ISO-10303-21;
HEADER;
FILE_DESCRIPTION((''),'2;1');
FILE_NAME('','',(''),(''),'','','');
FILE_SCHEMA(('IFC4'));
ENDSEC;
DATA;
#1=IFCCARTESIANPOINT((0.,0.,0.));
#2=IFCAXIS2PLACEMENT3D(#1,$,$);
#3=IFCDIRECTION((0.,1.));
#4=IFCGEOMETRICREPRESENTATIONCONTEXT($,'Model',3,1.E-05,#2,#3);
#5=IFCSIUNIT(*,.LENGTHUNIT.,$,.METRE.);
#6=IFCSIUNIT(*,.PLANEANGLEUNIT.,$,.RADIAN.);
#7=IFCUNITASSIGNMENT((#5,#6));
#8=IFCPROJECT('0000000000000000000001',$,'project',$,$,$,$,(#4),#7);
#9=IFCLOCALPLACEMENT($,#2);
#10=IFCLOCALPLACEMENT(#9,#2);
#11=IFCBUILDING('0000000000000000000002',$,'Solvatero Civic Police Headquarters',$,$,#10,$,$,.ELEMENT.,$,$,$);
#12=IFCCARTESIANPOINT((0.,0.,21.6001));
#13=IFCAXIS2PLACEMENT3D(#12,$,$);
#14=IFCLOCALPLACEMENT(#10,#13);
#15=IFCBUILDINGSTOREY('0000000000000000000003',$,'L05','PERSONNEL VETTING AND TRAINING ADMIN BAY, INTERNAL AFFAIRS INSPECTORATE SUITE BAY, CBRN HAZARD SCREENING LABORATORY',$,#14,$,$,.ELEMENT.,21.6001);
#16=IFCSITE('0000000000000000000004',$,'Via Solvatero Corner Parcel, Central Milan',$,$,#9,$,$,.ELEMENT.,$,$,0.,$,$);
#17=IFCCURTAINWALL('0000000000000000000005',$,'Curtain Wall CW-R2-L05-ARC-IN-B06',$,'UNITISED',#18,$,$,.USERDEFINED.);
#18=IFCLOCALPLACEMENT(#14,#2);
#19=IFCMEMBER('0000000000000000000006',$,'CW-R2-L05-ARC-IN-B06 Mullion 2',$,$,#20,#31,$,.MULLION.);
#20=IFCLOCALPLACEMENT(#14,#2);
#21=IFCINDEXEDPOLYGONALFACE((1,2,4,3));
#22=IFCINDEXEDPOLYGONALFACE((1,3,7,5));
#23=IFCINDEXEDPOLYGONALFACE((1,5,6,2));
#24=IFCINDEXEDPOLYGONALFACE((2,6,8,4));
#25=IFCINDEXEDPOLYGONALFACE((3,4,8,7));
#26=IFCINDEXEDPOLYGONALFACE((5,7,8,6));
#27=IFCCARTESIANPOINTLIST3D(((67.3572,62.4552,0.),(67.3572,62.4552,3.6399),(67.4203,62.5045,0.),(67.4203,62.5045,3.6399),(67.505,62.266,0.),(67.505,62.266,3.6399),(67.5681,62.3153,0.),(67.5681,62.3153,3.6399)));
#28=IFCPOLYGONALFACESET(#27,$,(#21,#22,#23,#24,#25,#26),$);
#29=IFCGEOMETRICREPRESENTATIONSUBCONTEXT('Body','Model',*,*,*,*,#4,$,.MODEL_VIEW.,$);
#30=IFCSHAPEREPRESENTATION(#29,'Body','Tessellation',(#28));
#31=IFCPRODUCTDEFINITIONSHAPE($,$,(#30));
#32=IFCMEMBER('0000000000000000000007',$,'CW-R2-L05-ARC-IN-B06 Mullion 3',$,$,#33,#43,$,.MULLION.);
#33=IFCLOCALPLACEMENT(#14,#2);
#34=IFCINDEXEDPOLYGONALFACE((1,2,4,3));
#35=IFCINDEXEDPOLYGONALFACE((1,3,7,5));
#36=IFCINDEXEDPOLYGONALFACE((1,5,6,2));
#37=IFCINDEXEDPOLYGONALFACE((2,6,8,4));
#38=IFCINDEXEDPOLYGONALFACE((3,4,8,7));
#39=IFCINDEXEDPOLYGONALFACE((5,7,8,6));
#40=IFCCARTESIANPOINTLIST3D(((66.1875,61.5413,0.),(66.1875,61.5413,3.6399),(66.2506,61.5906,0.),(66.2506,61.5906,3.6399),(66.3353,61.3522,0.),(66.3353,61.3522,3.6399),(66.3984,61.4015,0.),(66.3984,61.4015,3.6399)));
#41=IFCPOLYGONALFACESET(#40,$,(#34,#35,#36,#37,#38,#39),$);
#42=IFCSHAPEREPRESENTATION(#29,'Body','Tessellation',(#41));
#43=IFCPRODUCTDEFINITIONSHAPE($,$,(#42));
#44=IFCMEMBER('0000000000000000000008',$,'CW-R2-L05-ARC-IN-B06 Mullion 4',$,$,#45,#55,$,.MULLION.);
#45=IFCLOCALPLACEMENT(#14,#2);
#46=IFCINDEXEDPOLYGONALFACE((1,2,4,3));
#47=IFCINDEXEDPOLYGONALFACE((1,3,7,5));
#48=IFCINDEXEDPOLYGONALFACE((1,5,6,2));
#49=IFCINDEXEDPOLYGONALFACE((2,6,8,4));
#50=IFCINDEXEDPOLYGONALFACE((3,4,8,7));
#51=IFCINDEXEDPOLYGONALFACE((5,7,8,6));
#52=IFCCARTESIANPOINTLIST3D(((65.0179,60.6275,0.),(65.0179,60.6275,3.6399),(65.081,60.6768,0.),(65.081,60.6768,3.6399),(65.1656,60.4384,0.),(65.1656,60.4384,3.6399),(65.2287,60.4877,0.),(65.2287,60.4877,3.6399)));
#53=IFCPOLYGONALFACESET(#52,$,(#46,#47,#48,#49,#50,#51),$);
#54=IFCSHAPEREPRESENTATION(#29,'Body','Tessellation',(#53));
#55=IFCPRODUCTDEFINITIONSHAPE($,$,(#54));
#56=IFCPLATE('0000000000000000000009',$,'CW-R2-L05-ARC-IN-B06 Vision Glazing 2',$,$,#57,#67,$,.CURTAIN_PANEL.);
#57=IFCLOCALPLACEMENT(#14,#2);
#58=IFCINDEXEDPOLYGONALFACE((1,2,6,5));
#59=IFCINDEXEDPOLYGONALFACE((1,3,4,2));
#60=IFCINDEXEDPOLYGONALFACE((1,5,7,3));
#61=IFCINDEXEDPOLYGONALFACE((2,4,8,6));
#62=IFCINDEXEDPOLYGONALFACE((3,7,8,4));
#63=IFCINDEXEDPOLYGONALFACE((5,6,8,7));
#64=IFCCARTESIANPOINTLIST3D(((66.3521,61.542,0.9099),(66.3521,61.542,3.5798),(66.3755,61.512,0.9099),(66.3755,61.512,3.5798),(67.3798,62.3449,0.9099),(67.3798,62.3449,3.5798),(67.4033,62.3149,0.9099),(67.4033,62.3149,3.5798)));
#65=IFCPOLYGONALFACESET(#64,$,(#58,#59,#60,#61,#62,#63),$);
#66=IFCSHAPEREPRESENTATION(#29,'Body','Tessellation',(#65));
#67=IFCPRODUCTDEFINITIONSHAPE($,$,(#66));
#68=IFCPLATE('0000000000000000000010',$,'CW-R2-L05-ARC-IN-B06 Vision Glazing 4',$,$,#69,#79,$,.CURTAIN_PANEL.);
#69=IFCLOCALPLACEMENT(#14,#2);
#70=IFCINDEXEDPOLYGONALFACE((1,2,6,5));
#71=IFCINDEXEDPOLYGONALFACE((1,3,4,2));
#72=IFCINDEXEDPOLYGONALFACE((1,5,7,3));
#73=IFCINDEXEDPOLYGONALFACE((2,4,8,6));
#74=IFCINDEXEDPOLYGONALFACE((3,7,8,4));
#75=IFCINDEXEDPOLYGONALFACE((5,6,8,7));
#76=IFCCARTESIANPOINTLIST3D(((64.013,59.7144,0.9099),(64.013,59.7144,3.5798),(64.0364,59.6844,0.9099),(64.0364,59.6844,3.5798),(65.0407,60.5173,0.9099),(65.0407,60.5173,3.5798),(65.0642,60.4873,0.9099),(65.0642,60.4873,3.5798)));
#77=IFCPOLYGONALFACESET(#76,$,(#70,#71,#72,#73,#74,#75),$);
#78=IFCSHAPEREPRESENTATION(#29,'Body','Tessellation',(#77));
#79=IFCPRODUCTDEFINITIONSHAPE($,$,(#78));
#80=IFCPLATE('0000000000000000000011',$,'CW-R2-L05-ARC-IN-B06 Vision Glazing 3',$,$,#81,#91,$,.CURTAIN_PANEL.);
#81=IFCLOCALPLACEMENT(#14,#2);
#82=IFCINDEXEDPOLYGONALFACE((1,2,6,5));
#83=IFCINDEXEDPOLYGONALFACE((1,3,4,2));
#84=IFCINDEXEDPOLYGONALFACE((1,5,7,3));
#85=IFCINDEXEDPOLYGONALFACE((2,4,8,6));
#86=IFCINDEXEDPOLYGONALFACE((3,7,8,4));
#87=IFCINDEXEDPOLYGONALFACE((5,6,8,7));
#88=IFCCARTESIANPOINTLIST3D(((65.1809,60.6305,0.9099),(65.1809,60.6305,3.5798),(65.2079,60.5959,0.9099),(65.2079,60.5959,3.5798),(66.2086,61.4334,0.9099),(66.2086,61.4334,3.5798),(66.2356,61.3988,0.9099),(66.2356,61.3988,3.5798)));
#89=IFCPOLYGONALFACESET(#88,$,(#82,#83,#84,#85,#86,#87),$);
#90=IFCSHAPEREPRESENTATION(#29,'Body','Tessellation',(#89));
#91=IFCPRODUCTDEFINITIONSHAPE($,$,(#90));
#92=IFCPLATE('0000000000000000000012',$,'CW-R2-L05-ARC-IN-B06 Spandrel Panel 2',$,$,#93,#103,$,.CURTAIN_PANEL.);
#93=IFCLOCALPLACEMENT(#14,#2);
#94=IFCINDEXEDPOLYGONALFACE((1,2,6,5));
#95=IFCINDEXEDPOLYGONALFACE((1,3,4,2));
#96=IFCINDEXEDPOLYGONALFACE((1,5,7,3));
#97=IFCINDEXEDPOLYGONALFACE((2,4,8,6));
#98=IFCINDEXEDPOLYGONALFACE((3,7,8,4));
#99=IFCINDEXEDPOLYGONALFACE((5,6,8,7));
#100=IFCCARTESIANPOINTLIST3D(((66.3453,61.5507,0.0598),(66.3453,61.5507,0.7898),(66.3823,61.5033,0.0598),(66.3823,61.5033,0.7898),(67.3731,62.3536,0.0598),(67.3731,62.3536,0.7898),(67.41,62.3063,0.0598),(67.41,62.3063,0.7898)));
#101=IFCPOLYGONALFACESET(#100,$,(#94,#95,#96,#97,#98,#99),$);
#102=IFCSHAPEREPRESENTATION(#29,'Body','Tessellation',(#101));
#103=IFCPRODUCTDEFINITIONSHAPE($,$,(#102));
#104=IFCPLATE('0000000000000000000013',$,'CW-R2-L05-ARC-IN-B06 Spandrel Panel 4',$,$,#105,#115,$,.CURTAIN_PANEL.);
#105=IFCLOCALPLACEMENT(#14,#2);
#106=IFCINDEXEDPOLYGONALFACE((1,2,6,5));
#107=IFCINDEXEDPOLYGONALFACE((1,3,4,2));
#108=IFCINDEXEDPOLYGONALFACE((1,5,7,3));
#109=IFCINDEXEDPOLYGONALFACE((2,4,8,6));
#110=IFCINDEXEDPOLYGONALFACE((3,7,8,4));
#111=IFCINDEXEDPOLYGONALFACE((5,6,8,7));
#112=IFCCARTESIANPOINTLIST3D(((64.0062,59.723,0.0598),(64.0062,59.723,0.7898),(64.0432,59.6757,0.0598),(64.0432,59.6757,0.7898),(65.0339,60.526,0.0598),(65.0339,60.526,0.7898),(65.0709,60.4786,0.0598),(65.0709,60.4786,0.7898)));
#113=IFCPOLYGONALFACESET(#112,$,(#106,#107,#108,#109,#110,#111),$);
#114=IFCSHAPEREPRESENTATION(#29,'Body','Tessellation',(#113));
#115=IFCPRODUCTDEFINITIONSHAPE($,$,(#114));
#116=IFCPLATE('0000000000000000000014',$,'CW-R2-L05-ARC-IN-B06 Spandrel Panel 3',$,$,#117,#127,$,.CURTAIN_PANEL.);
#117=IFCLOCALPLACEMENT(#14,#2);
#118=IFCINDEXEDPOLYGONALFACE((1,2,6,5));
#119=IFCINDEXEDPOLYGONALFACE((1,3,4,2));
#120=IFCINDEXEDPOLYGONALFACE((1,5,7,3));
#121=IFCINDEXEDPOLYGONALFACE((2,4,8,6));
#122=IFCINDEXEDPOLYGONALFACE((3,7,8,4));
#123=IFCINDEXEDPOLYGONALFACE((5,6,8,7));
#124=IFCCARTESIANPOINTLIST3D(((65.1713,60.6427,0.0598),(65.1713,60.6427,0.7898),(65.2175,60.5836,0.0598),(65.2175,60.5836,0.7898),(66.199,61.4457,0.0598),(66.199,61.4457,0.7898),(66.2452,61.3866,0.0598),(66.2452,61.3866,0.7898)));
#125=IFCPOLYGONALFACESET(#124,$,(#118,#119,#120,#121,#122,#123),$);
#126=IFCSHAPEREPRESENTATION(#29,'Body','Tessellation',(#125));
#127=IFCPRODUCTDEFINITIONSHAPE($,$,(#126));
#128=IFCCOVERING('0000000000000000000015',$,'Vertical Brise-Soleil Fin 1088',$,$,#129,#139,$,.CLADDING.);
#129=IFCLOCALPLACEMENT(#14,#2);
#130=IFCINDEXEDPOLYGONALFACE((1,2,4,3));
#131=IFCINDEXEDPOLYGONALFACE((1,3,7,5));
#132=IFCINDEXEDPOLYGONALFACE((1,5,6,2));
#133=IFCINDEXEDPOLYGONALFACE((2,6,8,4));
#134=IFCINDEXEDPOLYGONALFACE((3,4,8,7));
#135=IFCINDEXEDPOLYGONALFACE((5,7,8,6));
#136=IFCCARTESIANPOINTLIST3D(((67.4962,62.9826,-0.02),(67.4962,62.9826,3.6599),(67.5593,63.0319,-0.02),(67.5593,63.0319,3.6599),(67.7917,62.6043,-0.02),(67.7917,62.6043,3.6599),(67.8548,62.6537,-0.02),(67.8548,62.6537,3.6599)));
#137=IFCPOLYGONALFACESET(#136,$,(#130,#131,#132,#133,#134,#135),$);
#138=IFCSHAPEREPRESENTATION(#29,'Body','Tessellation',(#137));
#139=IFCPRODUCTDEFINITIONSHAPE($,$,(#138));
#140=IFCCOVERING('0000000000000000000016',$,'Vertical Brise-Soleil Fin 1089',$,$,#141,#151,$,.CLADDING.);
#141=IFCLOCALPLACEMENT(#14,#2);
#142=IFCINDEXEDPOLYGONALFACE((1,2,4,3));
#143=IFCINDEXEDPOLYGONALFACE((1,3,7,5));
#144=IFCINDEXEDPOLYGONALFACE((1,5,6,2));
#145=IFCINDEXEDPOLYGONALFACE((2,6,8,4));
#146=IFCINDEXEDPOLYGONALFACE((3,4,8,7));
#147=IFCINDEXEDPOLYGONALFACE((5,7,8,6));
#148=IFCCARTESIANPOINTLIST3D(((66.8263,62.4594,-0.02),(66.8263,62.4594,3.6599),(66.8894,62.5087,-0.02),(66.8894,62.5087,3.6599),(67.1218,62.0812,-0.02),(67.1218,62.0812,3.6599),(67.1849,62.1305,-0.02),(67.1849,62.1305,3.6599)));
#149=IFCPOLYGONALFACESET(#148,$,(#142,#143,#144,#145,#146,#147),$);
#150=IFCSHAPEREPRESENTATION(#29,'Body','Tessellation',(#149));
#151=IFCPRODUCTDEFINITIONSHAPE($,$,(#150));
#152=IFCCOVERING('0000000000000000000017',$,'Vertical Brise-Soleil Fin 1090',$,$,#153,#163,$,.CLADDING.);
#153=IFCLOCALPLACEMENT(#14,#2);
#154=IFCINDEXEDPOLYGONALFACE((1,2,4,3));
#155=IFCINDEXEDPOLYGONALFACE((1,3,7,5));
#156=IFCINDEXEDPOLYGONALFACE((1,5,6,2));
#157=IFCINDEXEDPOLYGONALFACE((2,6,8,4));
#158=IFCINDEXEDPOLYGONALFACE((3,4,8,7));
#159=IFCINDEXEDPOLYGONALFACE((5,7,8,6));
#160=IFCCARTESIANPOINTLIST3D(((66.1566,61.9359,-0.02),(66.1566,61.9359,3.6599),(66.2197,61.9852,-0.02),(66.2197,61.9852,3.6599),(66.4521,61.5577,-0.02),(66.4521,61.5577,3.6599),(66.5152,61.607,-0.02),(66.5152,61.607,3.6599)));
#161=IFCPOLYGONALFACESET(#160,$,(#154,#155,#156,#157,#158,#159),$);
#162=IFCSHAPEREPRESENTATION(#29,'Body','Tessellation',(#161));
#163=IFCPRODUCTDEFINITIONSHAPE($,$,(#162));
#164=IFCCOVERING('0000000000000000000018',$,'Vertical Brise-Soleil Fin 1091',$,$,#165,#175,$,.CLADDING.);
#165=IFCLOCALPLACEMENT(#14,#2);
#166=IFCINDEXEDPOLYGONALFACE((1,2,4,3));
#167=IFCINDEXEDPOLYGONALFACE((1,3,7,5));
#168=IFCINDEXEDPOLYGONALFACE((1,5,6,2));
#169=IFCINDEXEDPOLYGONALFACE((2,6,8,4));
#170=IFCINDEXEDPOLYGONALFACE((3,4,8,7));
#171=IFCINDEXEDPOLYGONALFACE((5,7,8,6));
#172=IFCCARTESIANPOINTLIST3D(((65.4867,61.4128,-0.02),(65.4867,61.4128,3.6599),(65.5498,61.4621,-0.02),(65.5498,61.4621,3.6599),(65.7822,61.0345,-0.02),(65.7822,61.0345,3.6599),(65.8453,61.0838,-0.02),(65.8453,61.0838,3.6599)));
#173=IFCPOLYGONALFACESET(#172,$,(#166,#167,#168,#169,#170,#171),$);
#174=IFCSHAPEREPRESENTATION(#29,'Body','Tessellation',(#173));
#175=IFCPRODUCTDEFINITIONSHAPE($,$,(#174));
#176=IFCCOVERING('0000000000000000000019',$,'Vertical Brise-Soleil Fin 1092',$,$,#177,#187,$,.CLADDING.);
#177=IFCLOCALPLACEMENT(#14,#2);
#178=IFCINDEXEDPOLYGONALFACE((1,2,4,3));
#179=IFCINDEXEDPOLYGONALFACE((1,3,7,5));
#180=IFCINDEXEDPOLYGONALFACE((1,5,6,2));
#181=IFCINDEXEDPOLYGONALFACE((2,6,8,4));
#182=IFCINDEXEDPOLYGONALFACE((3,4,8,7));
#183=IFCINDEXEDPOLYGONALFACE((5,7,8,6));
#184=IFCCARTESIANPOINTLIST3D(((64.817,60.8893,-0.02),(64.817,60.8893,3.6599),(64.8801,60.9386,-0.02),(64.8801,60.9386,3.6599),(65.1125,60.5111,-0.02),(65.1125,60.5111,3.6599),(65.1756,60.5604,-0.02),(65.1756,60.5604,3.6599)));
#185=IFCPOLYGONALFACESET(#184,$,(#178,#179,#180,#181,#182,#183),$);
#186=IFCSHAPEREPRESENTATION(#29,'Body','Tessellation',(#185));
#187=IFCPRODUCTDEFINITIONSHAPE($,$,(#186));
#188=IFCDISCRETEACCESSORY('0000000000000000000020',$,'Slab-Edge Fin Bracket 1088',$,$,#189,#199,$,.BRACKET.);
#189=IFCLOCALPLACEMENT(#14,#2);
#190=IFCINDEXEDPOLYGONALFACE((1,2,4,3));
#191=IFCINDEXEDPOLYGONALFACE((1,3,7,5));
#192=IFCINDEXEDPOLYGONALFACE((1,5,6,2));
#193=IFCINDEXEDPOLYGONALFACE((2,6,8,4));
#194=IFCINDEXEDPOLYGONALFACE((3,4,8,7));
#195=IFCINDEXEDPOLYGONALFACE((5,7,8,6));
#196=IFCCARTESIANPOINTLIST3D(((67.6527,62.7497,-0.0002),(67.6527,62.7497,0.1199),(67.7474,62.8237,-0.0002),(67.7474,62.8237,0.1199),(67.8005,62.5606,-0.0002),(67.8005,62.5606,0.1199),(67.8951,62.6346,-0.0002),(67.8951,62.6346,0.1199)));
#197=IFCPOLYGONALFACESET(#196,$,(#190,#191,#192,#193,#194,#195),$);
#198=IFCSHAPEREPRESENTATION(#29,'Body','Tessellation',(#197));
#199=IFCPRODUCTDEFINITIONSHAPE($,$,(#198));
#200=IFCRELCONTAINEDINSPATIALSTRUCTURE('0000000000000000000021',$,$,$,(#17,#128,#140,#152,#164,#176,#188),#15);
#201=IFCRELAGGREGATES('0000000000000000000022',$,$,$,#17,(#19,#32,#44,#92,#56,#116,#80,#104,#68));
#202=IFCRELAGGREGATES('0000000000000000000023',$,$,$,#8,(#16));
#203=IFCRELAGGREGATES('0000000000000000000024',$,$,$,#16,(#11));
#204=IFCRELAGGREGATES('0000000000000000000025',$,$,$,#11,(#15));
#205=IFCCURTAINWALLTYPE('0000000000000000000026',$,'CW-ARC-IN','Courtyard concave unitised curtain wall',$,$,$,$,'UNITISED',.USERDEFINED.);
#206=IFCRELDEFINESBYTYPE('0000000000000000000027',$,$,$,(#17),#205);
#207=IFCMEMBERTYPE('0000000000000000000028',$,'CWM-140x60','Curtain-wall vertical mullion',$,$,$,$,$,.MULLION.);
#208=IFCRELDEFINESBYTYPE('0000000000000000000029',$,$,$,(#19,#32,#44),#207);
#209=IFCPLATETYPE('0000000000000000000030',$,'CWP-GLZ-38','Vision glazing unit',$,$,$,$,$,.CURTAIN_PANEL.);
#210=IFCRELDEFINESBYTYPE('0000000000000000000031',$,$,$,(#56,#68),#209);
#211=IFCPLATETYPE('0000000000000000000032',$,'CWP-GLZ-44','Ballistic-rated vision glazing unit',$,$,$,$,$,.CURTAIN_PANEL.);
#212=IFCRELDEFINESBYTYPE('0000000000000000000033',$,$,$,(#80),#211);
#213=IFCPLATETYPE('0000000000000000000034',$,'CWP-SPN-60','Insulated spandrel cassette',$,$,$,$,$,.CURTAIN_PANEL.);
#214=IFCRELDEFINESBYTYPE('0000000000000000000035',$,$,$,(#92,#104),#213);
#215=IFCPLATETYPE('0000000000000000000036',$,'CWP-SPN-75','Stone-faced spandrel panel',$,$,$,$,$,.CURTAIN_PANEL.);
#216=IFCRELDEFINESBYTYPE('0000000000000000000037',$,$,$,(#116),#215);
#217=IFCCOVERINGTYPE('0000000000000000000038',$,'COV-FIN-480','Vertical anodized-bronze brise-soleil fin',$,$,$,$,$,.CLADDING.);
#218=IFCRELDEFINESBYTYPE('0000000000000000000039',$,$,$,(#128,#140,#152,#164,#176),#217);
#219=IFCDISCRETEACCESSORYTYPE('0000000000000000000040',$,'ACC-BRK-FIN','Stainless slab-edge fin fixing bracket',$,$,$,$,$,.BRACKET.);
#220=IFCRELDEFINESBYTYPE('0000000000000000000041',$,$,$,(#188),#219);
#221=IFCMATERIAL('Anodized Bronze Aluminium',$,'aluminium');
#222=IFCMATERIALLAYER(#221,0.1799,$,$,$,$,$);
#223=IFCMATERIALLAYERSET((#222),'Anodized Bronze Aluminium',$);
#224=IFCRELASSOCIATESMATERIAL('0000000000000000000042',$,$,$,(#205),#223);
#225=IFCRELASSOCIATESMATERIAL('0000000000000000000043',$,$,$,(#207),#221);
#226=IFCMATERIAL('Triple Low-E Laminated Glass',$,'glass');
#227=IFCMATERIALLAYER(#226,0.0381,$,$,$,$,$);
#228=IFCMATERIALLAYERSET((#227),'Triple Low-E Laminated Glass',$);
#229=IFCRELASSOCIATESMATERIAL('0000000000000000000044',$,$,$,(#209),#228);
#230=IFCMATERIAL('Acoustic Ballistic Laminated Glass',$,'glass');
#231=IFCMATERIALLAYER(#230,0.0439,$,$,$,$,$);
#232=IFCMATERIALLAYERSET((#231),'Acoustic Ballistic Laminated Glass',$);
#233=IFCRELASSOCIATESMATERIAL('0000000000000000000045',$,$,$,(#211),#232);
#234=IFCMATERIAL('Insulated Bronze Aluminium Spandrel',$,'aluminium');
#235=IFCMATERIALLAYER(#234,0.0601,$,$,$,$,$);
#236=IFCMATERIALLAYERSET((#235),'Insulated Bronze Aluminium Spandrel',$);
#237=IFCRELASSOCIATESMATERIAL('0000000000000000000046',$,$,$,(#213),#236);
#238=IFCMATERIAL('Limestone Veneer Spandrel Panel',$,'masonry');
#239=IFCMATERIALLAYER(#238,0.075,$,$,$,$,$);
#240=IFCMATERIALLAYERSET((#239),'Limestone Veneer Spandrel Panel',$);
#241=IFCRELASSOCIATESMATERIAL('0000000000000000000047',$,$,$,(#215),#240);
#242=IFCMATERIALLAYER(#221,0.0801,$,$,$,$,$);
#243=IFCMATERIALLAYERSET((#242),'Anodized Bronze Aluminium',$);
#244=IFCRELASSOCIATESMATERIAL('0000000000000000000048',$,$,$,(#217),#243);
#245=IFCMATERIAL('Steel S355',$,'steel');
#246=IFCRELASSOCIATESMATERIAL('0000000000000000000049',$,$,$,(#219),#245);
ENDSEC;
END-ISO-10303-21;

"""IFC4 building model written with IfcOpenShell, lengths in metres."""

from ifc_helpers import new_model, si_unit, direction, frame, origin, origin_2d, place, context, subcontext, project, spatial, rectangle, extrude, material, layer, layer_set, material_profile, profile_set, type_object, element, aggregate, save


model = new_model("IFC4")

# Units and contexts
model_context = context("Model", 3, precision=1e-05, world=origin(), true_north=direction((0.0, 1.0)))
body_context = subcontext(model_context, "Body", "Model", "MODEL_VIEW")
ifc_project = project(units=[si_unit("LENGTHUNIT", "METRE"), si_unit("PLANEANGLEUNIT", "RADIAN")], contexts=[model_context])

# Site, building, storey
site_placement = place(None, origin())
site = spatial("IfcSite", under=ifc_project, at=site_placement, Name="Via Solvatero Corner Parcel, Central Milan", CompositionType="ELEMENT", RefElevation=0.0)
building_placement = place(site_placement, origin())
building = spatial("IfcBuilding", under=site, at=building_placement, Name="Solvatero Civic Police Headquarters", CompositionType="ELEMENT")
storey_placement = place(building_placement, frame((0.0, 0.0, 21.6001)))
storey = spatial("IfcBuildingStorey", under=building, at=storey_placement, Name="L05", Description="PERSONNEL VETTING AND TRAINING ADMIN BAY, INTERNAL AFFAIRS INSPECTORATE SUITE BAY, CBRN HAZARD SCREENING LABORATORY", CompositionType="ELEMENT", Elevation=21.6001)

# Curtain wall, members, plates
ifc_material_1 = material(Name="Anodized Bronze Aluminium", Category="aluminium")
ifc_layer_1 = layer(ifc_material_1, 0.1799)
ifc_layer_set_1 = layer_set([ifc_layer_1], Name="Anodized Bronze Aluminium")
curtain_wall_type = type_object("IfcCurtainWallType", Name="CW-ARC-IN", Description="Courtyard concave unitised curtain wall", ElementType="UNITISED", PredefinedType="USERDEFINED", material=ifc_layer_set_1)
curtain_wall_placement = place(storey_placement, origin())
curtain_wall = element("IfcCurtainWall", 1, at=curtain_wall_placement, inside=storey, type_object=curtain_wall_type, Name="Curtain Wall CW-R2-L05-ARC-IN-B06", ObjectType="UNITISED", PredefinedType="USERDEFINED")
ifc_material_profile = material_profile(ifc_material_1, rectangle(XDim=0.0801, YDim=0.24, at=origin_2d()), Name="ALU MULLION 80x240")
ifc_profile_set = profile_set([ifc_material_profile], Name="Anodized Bronze Aluminium")
member_type = type_object("IfcMemberType", Name="CWM-140x60", Description="Curtain-wall vertical mullion", PredefinedType="MULLION", material=ifc_profile_set)
member_1_placement = place(storey_placement, frame((67.4626, 62.3853, 0.0), z_axis=(0.0, 0.0, 1.0), x_axis=(-0.788011, -0.615661, 0.0)))
member_1 = element("IfcMember", 2, at=member_1_placement, type_object=member_type, Name="CW-R2-L05-ARC-IN-B06 Mullion 2", PredefinedType="MULLION", context=body_context, shape_type="SweptSolid", body=[
    extrude(rectangle(XDim=0.0801, YDim=0.24, at=origin_2d()), origin(), (0.0, 0.0, 1.0), 3.6399),
])
member_2_placement = place(storey_placement, frame((66.293, 61.4714, 0.0), z_axis=(0.0, 0.0, 1.0), x_axis=(-0.788011, -0.615661, 0.0)))
member_2 = element("IfcMember", 3, at=member_2_placement, type_object=member_type, Name="CW-R2-L05-ARC-IN-B06 Mullion 3", PredefinedType="MULLION", context=body_context, shape_type="SweptSolid", body=[
    extrude(rectangle(XDim=0.0801, YDim=0.24, at=origin_2d()), origin(), (0.0, 0.0, 1.0), 3.6399),
])
member_3_placement = place(storey_placement, frame((65.1233, 60.5576, 0.0), z_axis=(0.0, 0.0, 1.0), x_axis=(-0.788011, -0.615661, 0.0)))
member_3 = element("IfcMember", 4, at=member_3_placement, type_object=member_type, Name="CW-R2-L05-ARC-IN-B06 Mullion 4", PredefinedType="MULLION", context=body_context, shape_type="SweptSolid", body=[
    extrude(rectangle(XDim=0.0801, YDim=0.24, at=origin_2d()), origin(), (0.0, 0.0, 1.0), 3.6399),
])
ifc_material_2 = material(Name="Triple Low-E Laminated Glass", Category="glass")
ifc_layer_2 = layer(ifc_material_2, 0.0381)
ifc_layer_set_2 = layer_set([ifc_layer_2], Name="Triple Low-E Laminated Glass")
plate_type_1 = type_object("IfcPlateType", Name="CWP-GLZ-38", Description="Vision glazing unit", PredefinedType="CURTAIN_PANEL", material=ifc_layer_set_2)
plate_1_placement = place(storey_placement, frame((66.8777, 61.9285, 0.9099), z_axis=(0.0, 0.0, 1.0), x_axis=(-0.788011, -0.615661, 0.0)))
plate_1 = element("IfcPlate", 5, at=plate_1_placement, type_object=plate_type_1, Name="CW-R2-L05-ARC-IN-B06 Vision Glazing 2", PredefinedType="CURTAIN_PANEL", context=body_context, shape_type="SweptSolid", body=[
    extrude(rectangle(XDim=1.3042, YDim=0.0381, at=origin_2d()), origin(), (0.0, 0.0, 1.0), 2.6699),
])
plate_2_placement = place(storey_placement, frame((64.5386, 60.1008, 0.9099), z_axis=(0.0, 0.0, 1.0), x_axis=(-0.788011, -0.615661, 0.0)))
plate_2 = element("IfcPlate", 6, at=plate_2_placement, type_object=plate_type_1, Name="CW-R2-L05-ARC-IN-B06 Vision Glazing 4", PredefinedType="CURTAIN_PANEL", context=body_context, shape_type="SweptSolid", body=[
    extrude(rectangle(XDim=1.3042, YDim=0.0381, at=origin_2d()), origin(), (0.0, 0.0, 1.0), 2.6699),
])
ifc_material_3 = material(Name="Acoustic Ballistic Laminated Glass", Category="glass")
ifc_layer_3 = layer(ifc_material_3, 0.0439)
ifc_layer_set_3 = layer_set([ifc_layer_3], Name="Acoustic Ballistic Laminated Glass")
plate_type_2 = type_object("IfcPlateType", Name="CWP-GLZ-44", Description="Ballistic-rated vision glazing unit", PredefinedType="CURTAIN_PANEL", material=ifc_layer_set_3)
plate_3_placement = place(storey_placement, frame((65.7083, 61.0146, 0.9099), z_axis=(0.0, 0.0, 1.0), x_axis=(-0.788011, -0.615661, 0.0)))
plate_3 = element("IfcPlate", 7, at=plate_3_placement, type_object=plate_type_2, Name="CW-R2-L05-ARC-IN-B06 Vision Glazing 3", PredefinedType="CURTAIN_PANEL", context=body_context, shape_type="SweptSolid", body=[
    extrude(rectangle(XDim=1.3042, YDim=0.0439, at=origin_2d()), origin(), (0.0, 0.0, 1.0), 2.6699),
])
ifc_material_4 = material(Name="Insulated Bronze Aluminium Spandrel", Category="aluminium")
ifc_layer_4 = layer(ifc_material_4, 0.0601)
ifc_layer_set_4 = layer_set([ifc_layer_4], Name="Insulated Bronze Aluminium Spandrel")
plate_type_3 = type_object("IfcPlateType", Name="CWP-SPN-60", Description="Insulated spandrel cassette", PredefinedType="CURTAIN_PANEL", material=ifc_layer_set_4)
plate_4_placement = place(storey_placement, frame((66.8777, 61.9285, 0.0598), z_axis=(0.0, 0.0, 1.0), x_axis=(-0.788011, -0.615661, 0.0)))
plate_4 = element("IfcPlate", 8, at=plate_4_placement, type_object=plate_type_3, Name="CW-R2-L05-ARC-IN-B06 Spandrel Panel 2", PredefinedType="CURTAIN_PANEL", context=body_context, shape_type="SweptSolid", body=[
    extrude(rectangle(XDim=1.3042, YDim=0.0601, at=origin_2d()), origin(), (0.0, 0.0, 1.0), 0.73),
])
plate_5_placement = place(storey_placement, frame((64.5386, 60.1008, 0.0598), z_axis=(0.0, 0.0, 1.0), x_axis=(-0.788011, -0.615661, 0.0)))
plate_5 = element("IfcPlate", 9, at=plate_5_placement, type_object=plate_type_3, Name="CW-R2-L05-ARC-IN-B06 Spandrel Panel 4", PredefinedType="CURTAIN_PANEL", context=body_context, shape_type="SweptSolid", body=[
    extrude(rectangle(XDim=1.3042, YDim=0.0601, at=origin_2d()), origin(), (0.0, 0.0, 1.0), 0.73),
])
ifc_material_5 = material(Name="Limestone Veneer Spandrel Panel", Category="masonry")
ifc_layer_5 = layer(ifc_material_5, 0.075)
ifc_layer_set_5 = layer_set([ifc_layer_5], Name="Limestone Veneer Spandrel Panel")
plate_type_4 = type_object("IfcPlateType", Name="CWP-SPN-75", Description="Stone-faced spandrel panel", PredefinedType="CURTAIN_PANEL", material=ifc_layer_set_5)
plate_6_placement = place(storey_placement, frame((65.7083, 61.0146, 0.0598), z_axis=(0.0, 0.0, 1.0), x_axis=(-0.788011, -0.615661, 0.0)))
plate_6 = element("IfcPlate", 10, at=plate_6_placement, type_object=plate_type_4, Name="CW-R2-L05-ARC-IN-B06 Spandrel Panel 3", PredefinedType="CURTAIN_PANEL", context=body_context, shape_type="SweptSolid", body=[
    extrude(rectangle(XDim=1.3042, YDim=0.075, at=origin_2d()), origin(), (0.0, 0.0, 1.0), 0.73),
])
aggregate(curtain_wall, [member_1, member_2, member_3, plate_4, plate_1, plate_6, plate_3, plate_5, plate_2])

# Coverings
ifc_layer_6 = layer(ifc_material_1, 0.0801)
ifc_layer_set_6 = layer_set([ifc_layer_6], Name="Anodized Bronze Aluminium")
covering_type = type_object("IfcCoveringType", Name="COV-FIN-480", Description="Vertical anodized-bronze brise-soleil fin", PredefinedType="CLADDING", material=ifc_layer_set_6)
for number, where, z_axis, x_axis, name in (
    (11, (67.6755, 62.8181, -0.02), (0.0, 0.0, 1.0), (-0.788011, -0.615661, 0.0), "Vertical Brise-Soleil Fin 1088"),
    (12, (67.0056, 62.2949, -0.02), (0.0, 0.0, 1.0), (-0.788011, -0.615661, 0.0), "Vertical Brise-Soleil Fin 1089"),
    (13, (66.3359, 61.7715, -0.02), (0.0, 0.0, 1.0), (-0.788011, -0.615661, 0.0), "Vertical Brise-Soleil Fin 1090"),
    (14, (65.666, 61.2483, -0.02), (0.0, 0.0, 1.0), (-0.788011, -0.615661, 0.0), "Vertical Brise-Soleil Fin 1091"),
    (15, (64.9963, 60.7249, -0.02), (0.0, 0.0, 1.0), (-0.788011, -0.615661, 0.0), "Vertical Brise-Soleil Fin 1092"),
):
    element("IfcCovering", number, at=place(storey_placement, frame(where, z_axis=z_axis, x_axis=x_axis)), inside=storey, type_object=covering_type, Name=name, PredefinedType="CLADDING", context=body_context, shape_type="SweptSolid", body=[
        extrude(rectangle(XDim=0.0801, YDim=0.48, at=origin_2d()), origin(), (0.0, 0.0, 1.0), 3.6799),
    ])

# Discrete accessory
ifc_material_6 = material(Name="Steel S355", Category="steel")
discrete_accessory_type = type_object("IfcDiscreteAccessoryType", Name="ACC-BRK-FIN", Description="Stainless slab-edge fin fixing bracket", PredefinedType="BRACKET", material=ifc_material_6)
for number, where, z_axis, x_axis, name in (
    (16, (67.7739, 62.6921, -0.0002), (0.0, 0.0, 1.0), (-0.788011, -0.615661, 0.0), "Slab-Edge Fin Bracket 1088"),
):
    element("IfcDiscreteAccessory", number, at=place(storey_placement, frame(where, z_axis=z_axis, x_axis=x_axis)), inside=storey, type_object=discrete_accessory_type, Name=name, PredefinedType="BRACKET", context=body_context, shape_type="SweptSolid", body=[
        extrude(rectangle(XDim=0.1201, YDim=0.24, at=origin_2d()), origin(), (0.0, 0.0, 1.0), 0.1201),
    ])

save(model, "model.ifc")
